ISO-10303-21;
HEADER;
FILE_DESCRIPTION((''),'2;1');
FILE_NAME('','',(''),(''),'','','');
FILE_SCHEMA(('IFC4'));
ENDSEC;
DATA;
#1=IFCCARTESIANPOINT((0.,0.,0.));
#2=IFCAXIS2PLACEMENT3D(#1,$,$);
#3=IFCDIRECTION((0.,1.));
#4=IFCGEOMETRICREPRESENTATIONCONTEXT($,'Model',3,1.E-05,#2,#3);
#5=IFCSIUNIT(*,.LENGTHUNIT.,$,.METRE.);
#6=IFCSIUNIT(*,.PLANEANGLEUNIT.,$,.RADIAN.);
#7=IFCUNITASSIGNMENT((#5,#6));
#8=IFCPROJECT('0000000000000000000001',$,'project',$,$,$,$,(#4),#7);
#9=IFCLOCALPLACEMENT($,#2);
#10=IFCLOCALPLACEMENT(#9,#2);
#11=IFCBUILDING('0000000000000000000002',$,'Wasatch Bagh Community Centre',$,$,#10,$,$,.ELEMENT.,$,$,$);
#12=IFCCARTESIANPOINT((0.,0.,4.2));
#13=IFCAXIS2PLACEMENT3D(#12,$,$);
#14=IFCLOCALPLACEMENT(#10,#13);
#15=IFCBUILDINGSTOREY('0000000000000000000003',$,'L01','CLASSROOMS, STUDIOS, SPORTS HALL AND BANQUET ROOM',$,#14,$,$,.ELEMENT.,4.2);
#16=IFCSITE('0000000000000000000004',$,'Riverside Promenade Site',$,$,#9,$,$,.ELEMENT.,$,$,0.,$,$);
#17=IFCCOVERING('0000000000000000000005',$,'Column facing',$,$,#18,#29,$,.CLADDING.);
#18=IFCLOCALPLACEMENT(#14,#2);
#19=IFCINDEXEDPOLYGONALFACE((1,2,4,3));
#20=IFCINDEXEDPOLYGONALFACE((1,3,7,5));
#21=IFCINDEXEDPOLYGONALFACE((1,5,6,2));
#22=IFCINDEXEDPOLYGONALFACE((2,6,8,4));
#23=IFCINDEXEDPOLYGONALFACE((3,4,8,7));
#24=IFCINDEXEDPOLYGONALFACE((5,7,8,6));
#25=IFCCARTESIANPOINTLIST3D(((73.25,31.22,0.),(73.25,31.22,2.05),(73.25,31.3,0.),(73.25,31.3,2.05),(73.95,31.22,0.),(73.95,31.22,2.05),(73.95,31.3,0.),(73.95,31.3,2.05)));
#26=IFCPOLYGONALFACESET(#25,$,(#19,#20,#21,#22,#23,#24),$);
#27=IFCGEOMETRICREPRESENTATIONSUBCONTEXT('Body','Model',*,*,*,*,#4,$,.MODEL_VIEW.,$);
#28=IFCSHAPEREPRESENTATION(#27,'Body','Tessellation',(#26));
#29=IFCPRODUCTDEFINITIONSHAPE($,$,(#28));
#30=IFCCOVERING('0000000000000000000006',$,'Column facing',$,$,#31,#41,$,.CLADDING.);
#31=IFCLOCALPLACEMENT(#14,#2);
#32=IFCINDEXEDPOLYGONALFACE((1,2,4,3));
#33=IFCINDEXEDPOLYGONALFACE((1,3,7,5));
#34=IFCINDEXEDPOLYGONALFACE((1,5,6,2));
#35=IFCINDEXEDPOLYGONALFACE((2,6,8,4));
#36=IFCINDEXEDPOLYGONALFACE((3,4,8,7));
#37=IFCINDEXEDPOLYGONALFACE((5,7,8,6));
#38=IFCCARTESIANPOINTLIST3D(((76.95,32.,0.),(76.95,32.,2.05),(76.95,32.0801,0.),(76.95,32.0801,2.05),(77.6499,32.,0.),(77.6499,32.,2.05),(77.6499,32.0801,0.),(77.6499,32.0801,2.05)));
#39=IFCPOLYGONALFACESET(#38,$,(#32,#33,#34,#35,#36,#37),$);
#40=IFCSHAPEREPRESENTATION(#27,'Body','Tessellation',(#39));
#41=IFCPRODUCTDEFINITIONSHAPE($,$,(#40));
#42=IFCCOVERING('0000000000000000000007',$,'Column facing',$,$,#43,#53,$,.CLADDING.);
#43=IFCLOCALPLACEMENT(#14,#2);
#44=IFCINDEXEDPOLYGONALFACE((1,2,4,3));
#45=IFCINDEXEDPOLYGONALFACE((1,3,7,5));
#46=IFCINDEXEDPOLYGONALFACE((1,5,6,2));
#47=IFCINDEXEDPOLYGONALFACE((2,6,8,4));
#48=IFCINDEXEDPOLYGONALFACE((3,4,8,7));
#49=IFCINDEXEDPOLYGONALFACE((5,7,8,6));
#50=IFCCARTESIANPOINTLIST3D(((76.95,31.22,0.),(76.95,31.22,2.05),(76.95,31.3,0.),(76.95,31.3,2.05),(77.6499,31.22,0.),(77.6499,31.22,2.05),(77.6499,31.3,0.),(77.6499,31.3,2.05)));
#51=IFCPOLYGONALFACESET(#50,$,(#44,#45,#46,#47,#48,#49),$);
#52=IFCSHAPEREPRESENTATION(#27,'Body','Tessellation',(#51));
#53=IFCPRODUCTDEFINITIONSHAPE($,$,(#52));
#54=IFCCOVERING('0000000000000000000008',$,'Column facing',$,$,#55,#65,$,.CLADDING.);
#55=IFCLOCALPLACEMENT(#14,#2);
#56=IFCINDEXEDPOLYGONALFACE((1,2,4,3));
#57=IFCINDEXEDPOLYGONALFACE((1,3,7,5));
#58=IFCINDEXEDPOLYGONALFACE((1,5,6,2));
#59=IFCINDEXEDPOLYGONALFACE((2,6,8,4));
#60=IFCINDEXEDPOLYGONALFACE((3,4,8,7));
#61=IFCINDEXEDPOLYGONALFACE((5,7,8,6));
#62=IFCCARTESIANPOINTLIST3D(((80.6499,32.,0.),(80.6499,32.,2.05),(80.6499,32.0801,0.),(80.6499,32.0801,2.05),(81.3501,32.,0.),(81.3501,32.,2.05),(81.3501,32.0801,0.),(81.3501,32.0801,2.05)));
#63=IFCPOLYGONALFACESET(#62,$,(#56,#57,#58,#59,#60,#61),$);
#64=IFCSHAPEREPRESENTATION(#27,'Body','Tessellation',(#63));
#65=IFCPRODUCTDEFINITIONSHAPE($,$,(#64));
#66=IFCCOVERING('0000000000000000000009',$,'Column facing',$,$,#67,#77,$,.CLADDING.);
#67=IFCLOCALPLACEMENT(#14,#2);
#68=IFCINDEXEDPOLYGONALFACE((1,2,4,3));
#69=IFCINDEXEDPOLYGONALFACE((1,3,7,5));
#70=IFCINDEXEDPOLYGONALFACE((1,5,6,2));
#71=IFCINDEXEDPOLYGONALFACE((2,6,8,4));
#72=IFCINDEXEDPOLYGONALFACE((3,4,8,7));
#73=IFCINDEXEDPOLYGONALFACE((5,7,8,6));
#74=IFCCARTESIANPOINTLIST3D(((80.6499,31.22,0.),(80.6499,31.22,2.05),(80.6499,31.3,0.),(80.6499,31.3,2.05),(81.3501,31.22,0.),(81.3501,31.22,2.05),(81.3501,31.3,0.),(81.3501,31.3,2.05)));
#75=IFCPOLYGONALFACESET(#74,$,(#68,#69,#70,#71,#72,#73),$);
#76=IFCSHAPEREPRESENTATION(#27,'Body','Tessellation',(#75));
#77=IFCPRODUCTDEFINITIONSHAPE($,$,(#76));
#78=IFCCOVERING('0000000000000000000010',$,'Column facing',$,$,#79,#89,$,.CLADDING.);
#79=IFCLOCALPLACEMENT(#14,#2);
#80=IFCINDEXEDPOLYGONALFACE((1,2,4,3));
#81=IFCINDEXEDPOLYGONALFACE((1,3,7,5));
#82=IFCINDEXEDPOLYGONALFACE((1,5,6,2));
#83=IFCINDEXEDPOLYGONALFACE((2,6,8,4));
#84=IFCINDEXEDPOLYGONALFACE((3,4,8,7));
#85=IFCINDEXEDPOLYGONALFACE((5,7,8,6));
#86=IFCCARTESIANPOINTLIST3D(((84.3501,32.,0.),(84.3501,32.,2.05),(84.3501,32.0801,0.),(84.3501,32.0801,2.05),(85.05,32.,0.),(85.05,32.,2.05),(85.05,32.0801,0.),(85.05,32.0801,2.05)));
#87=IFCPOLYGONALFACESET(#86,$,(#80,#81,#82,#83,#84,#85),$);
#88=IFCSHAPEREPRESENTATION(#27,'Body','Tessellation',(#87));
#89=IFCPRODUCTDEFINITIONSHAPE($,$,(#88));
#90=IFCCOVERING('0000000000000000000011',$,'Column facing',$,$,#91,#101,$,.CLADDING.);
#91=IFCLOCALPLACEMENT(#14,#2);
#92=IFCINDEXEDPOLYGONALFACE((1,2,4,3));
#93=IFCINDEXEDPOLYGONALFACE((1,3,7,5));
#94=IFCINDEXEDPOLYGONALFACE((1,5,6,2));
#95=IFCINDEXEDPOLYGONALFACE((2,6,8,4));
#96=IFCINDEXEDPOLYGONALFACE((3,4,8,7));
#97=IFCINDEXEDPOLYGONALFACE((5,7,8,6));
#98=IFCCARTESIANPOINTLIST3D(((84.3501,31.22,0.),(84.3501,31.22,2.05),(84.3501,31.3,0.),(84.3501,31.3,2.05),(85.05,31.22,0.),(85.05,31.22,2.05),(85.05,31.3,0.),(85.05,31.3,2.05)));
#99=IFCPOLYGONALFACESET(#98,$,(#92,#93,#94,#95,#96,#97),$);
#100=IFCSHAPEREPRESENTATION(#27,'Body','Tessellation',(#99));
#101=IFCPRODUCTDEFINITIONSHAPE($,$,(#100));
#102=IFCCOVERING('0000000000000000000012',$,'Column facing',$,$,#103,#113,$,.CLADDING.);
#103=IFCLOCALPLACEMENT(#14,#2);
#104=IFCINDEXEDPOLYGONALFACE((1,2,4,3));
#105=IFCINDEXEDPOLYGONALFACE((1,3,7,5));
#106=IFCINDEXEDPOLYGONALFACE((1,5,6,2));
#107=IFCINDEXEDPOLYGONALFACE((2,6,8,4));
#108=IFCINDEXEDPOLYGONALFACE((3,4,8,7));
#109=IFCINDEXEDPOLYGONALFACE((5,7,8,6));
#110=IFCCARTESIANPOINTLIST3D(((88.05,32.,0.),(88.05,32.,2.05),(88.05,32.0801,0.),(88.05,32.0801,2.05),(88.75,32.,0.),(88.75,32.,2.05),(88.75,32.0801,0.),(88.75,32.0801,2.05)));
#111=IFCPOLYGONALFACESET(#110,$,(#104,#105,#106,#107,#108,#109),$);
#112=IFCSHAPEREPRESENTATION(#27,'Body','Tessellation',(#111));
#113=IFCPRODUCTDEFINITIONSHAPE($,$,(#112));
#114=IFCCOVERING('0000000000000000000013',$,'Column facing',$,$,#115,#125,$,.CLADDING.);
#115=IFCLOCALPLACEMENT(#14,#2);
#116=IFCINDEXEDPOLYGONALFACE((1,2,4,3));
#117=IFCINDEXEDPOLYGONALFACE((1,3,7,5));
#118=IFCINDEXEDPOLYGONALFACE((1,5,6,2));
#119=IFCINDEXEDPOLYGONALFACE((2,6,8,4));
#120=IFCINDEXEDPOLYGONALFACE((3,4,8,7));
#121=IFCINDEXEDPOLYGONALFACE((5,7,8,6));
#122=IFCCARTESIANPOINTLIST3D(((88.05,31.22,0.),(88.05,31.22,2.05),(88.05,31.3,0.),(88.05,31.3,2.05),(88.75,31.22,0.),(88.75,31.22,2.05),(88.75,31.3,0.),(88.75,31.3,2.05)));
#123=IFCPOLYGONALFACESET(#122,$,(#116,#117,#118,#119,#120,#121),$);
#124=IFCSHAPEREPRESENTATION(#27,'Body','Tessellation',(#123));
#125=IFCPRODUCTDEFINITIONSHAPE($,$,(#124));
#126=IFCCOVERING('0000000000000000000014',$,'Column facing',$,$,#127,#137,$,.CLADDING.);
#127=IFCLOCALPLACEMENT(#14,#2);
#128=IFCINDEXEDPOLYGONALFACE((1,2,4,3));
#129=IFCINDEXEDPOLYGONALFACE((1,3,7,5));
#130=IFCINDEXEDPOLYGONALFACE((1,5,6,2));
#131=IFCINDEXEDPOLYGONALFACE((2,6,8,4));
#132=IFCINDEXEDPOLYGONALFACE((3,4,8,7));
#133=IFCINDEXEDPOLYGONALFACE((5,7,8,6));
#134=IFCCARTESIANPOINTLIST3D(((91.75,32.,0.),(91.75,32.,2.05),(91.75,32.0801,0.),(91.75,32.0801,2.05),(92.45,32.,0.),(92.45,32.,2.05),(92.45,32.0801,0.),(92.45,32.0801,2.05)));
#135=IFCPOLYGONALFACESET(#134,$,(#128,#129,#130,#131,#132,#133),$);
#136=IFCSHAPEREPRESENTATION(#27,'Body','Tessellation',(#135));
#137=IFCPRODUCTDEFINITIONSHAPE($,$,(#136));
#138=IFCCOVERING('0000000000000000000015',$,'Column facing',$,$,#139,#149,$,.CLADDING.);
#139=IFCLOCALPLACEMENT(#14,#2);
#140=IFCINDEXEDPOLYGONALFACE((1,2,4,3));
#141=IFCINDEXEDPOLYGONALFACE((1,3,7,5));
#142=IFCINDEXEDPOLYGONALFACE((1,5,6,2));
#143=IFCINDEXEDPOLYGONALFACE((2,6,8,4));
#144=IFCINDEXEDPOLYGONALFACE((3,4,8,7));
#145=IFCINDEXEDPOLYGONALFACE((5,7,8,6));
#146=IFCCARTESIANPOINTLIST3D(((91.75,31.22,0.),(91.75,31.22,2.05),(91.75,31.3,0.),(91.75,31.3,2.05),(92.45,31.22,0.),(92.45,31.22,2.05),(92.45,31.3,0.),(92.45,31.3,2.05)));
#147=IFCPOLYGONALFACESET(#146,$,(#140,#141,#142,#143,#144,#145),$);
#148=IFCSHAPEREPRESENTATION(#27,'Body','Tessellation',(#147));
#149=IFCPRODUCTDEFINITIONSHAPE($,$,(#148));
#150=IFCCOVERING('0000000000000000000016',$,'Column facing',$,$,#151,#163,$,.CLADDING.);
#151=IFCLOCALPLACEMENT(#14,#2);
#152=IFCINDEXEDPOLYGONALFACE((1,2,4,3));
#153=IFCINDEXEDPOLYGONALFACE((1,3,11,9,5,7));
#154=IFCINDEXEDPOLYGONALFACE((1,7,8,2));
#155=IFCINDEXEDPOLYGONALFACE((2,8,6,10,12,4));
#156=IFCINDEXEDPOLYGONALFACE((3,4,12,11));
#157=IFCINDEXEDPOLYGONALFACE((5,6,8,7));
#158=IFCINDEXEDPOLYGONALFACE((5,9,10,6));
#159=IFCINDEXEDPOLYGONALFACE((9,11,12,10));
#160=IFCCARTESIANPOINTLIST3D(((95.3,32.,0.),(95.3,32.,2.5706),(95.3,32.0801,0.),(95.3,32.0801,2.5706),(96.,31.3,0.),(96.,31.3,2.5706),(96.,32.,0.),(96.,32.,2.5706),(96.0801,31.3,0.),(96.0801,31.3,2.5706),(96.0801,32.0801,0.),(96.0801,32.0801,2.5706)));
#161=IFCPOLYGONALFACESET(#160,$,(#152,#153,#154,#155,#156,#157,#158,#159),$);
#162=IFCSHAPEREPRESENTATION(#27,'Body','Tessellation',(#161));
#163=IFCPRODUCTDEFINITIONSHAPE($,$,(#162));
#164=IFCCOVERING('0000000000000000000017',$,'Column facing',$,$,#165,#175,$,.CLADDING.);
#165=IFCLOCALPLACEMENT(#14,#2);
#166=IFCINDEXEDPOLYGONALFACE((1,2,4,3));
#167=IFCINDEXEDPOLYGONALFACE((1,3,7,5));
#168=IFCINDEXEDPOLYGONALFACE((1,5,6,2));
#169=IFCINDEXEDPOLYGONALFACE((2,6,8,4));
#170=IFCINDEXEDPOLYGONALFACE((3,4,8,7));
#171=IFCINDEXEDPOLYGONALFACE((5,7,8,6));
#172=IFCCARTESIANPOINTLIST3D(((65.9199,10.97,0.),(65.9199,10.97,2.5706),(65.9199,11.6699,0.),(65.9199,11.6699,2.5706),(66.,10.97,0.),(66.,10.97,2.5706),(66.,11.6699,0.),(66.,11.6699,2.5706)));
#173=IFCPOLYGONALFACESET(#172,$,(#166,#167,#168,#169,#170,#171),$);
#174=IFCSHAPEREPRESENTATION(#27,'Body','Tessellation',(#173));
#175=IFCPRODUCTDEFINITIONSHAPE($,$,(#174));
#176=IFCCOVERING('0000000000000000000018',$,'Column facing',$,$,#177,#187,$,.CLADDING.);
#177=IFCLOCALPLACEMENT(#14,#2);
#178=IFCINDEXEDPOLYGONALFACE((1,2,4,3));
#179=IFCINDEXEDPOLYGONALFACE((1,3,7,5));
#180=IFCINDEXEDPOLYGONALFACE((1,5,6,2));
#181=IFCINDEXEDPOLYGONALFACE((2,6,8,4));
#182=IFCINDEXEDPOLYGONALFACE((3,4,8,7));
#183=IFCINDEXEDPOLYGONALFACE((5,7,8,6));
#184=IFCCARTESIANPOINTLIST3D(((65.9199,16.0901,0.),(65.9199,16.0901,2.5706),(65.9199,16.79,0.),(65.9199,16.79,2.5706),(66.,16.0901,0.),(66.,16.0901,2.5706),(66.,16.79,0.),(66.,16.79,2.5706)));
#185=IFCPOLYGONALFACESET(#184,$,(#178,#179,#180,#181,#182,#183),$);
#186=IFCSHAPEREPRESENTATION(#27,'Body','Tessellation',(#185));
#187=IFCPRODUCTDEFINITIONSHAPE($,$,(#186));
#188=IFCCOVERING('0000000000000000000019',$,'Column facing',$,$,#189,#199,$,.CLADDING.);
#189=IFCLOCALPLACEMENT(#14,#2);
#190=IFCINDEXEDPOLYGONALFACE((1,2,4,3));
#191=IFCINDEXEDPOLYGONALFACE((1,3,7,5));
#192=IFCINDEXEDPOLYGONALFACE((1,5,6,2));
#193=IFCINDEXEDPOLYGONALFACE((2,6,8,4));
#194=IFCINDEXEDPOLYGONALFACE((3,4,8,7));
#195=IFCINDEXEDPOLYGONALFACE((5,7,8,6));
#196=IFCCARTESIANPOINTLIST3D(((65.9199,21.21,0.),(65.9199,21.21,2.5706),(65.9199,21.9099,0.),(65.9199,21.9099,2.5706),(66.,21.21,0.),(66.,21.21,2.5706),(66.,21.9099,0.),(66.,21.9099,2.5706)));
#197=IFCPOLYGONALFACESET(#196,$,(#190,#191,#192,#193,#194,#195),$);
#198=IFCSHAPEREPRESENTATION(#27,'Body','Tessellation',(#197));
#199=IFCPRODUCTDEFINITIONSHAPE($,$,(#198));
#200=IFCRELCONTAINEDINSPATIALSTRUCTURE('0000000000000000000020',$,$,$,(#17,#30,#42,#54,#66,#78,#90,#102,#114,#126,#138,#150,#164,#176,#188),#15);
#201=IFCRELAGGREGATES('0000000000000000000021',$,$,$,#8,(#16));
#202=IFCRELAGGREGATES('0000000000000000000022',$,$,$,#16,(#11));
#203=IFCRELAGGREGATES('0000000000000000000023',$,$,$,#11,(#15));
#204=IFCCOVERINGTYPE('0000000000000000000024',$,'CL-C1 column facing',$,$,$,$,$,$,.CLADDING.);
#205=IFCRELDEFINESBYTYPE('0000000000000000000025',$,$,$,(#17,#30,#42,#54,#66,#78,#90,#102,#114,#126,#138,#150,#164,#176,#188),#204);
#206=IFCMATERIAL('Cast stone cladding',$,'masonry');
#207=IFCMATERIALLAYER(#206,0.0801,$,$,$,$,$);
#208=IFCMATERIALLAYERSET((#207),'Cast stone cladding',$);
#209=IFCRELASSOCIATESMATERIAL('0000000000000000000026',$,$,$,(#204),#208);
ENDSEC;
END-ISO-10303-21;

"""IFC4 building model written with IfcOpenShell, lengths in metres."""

from ifc_helpers import new_model, si_unit, direction, frame, origin, place, context, subcontext, project, spatial, polyline, outline, extrude, material, layer, layer_set, type_object, element, save


model = new_model("IFC4")

# Units and contexts
model_context = context("Model", 3, precision=1e-05, world=origin(), true_north=direction((0.0, 1.0)))
body_context = subcontext(model_context, "Body", "Model", "MODEL_VIEW")
ifc_project = project(units=[si_unit("LENGTHUNIT", "METRE"), si_unit("PLANEANGLEUNIT", "RADIAN")], contexts=[model_context])

# Site, building, storey
site_placement = place(None, origin())
site = spatial("IfcSite", under=ifc_project, at=site_placement, Name="Riverside Promenade Site", CompositionType="ELEMENT", RefElevation=0.0)
building_placement = place(site_placement, origin())
building = spatial("IfcBuilding", under=site, at=building_placement, Name="Wasatch Bagh Community Centre", CompositionType="ELEMENT")
storey_placement = place(building_placement, frame((0.0, 0.0, 4.2)))
storey = spatial("IfcBuildingStorey", under=building, at=storey_placement, Name="L01", Description="CLASSROOMS, STUDIOS, SPORTS HALL AND BANQUET ROOM", CompositionType="ELEMENT", Elevation=4.2)

# Coverings
ifc_material = material(Name="Cast stone cladding", Category="masonry")
ifc_layer = layer(ifc_material, 0.0801)
ifc_layer_set = layer_set([ifc_layer], Name="Cast stone cladding")
covering_type = type_object("IfcCoveringType", Name="CL-C1 column facing", PredefinedType="CLADDING", material=ifc_layer_set)
covering_1_placement = place(storey_placement, origin())
element("IfcCovering", 1, at=covering_1_placement, inside=storey, type_object=covering_type, Name="Column facing", PredefinedType="CLADDING", context=body_context, shape_type="SweptSolid", body=[
    extrude(outline(polyline([(73.95, 31.3), (73.95, 31.22), (73.25, 31.22), (73.25, 31.3), (73.95, 31.3)])), origin(), (0.0, 0.0, 1.0), 2.05),
])
covering_2_placement = place(storey_placement, origin())
element("IfcCovering", 2, at=covering_2_placement, inside=storey, type_object=covering_type, Name="Column facing", PredefinedType="CLADDING", context=body_context, shape_type="SweptSolid", body=[
    extrude(outline(polyline([(76.95, 32.0), (76.95, 32.0801), (77.6499, 32.0801), (77.6499, 32.0), (76.95, 32.0)])), origin(), (0.0, 0.0, 1.0), 2.05),
])
covering_3_placement = place(storey_placement, origin())
element("IfcCovering", 3, at=covering_3_placement, inside=storey, type_object=covering_type, Name="Column facing", PredefinedType="CLADDING", context=body_context, shape_type="SweptSolid", body=[
    extrude(outline(polyline([(77.6499, 31.3), (77.6499, 31.22), (76.95, 31.22), (76.95, 31.3), (77.6499, 31.3)])), origin(), (0.0, 0.0, 1.0), 2.05),
])
covering_4_placement = place(storey_placement, origin())
element("IfcCovering", 4, at=covering_4_placement, inside=storey, type_object=covering_type, Name="Column facing", PredefinedType="CLADDING", context=body_context, shape_type="SweptSolid", body=[
    extrude(outline(polyline([(80.6499, 32.0), (80.6499, 32.0801), (81.3501, 32.0801), (81.3501, 32.0), (80.6499, 32.0)])), origin(), (0.0, 0.0, 1.0), 2.05),
])
covering_5_placement = place(storey_placement, origin())
element("IfcCovering", 5, at=covering_5_placement, inside=storey, type_object=covering_type, Name="Column facing", PredefinedType="CLADDING", context=body_context, shape_type="SweptSolid", body=[
    extrude(outline(polyline([(81.3501, 31.3), (81.3501, 31.22), (80.6499, 31.22), (80.6499, 31.3), (81.3501, 31.3)])), origin(), (0.0, 0.0, 1.0), 2.05),
])
covering_6_placement = place(storey_placement, origin())
element("IfcCovering", 6, at=covering_6_placement, inside=storey, type_object=covering_type, Name="Column facing", PredefinedType="CLADDING", context=body_context, shape_type="SweptSolid", body=[
    extrude(outline(polyline([(84.3501, 32.0), (84.3501, 32.0801), (85.05, 32.0801), (85.05, 32.0), (84.3501, 32.0)])), origin(), (0.0, 0.0, 1.0), 2.05),
])
covering_7_placement = place(storey_placement, origin())
element("IfcCovering", 7, at=covering_7_placement, inside=storey, type_object=covering_type, Name="Column facing", PredefinedType="CLADDING", context=body_context, shape_type="SweptSolid", body=[
    extrude(outline(polyline([(85.05, 31.3), (85.05, 31.22), (84.3501, 31.22), (84.3501, 31.3), (85.05, 31.3)])), origin(), (0.0, 0.0, 1.0), 2.05),
])
covering_8_placement = place(storey_placement, origin())
element("IfcCovering", 8, at=covering_8_placement, inside=storey, type_object=covering_type, Name="Column facing", PredefinedType="CLADDING", context=body_context, shape_type="SweptSolid", body=[
    extrude(outline(polyline([(88.05, 32.0), (88.05, 32.0801), (88.75, 32.0801), (88.75, 32.0), (88.05, 32.0)])), origin(), (0.0, 0.0, 1.0), 2.05),
])
covering_9_placement = place(storey_placement, origin())
element("IfcCovering", 9, at=covering_9_placement, inside=storey, type_object=covering_type, Name="Column facing", PredefinedType="CLADDING", context=body_context, shape_type="SweptSolid", body=[
    extrude(outline(polyline([(88.75, 31.3), (88.75, 31.22), (88.05, 31.22), (88.05, 31.3), (88.75, 31.3)])), origin(), (0.0, 0.0, 1.0), 2.05),
])
covering_10_placement = place(storey_placement, origin())
element("IfcCovering", 10, at=covering_10_placement, inside=storey, type_object=covering_type, Name="Column facing", PredefinedType="CLADDING", context=body_context, shape_type="SweptSolid", body=[
    extrude(outline(polyline([(91.75, 32.0), (91.75, 32.0801), (92.45, 32.0801), (92.45, 32.0), (91.75, 32.0)])), origin(), (0.0, 0.0, 1.0), 2.05),
])
covering_11_placement = place(storey_placement, origin())
element("IfcCovering", 11, at=covering_11_placement, inside=storey, type_object=covering_type, Name="Column facing", PredefinedType="CLADDING", context=body_context, shape_type="SweptSolid", body=[
    extrude(outline(polyline([(92.45, 31.3), (92.45, 31.22), (91.75, 31.22), (91.75, 31.3), (92.45, 31.3)])), origin(), (0.0, 0.0, 1.0), 2.05),
])
covering_12_placement = place(storey_placement, origin())
element("IfcCovering", 12, at=covering_12_placement, inside=storey, type_object=covering_type, Name="Column facing", PredefinedType="CLADDING", context=body_context, shape_type="SweptSolid", body=[
    extrude(outline(polyline([(96.0, 32.0), (95.3, 32.0), (95.3, 32.0801), (96.0801, 32.0801), (96.0801, 31.3), (96.0, 31.3), (96.0, 32.0)])), origin(), (0.0, 0.0, 1.0), 2.5706),
])
covering_13_placement = place(storey_placement, origin())
element("IfcCovering", 13, at=covering_13_placement, inside=storey, type_object=covering_type, Name="Column facing", PredefinedType="CLADDING", context=body_context, shape_type="SweptSolid", body=[
    extrude(outline(polyline([(66.0, 11.6699), (66.0, 10.97), (65.9199, 10.97), (65.9199, 11.6699), (66.0, 11.6699)])), origin(), (0.0, 0.0, 1.0), 2.5706),
])
covering_14_placement = place(storey_placement, origin())
element("IfcCovering", 14, at=covering_14_placement, inside=storey, type_object=covering_type, Name="Column facing", PredefinedType="CLADDING", context=body_context, shape_type="SweptSolid", body=[
    extrude(outline(polyline([(66.0, 16.79), (66.0, 16.0901), (65.9199, 16.0901), (65.9199, 16.79), (66.0, 16.79)])), origin(), (0.0, 0.0, 1.0), 2.5706),
])
covering_15_placement = place(storey_placement, origin())
element("IfcCovering", 15, at=covering_15_placement, inside=storey, type_object=covering_type, Name="Column facing", PredefinedType="CLADDING", context=body_context, shape_type="SweptSolid", body=[
    extrude(outline(polyline([(66.0, 21.9099), (66.0, 21.21), (65.9199, 21.21), (65.9199, 21.9099), (66.0, 21.9099)])), origin(), (0.0, 0.0, 1.0), 2.5706),
])

save(model, "model.ifc")
